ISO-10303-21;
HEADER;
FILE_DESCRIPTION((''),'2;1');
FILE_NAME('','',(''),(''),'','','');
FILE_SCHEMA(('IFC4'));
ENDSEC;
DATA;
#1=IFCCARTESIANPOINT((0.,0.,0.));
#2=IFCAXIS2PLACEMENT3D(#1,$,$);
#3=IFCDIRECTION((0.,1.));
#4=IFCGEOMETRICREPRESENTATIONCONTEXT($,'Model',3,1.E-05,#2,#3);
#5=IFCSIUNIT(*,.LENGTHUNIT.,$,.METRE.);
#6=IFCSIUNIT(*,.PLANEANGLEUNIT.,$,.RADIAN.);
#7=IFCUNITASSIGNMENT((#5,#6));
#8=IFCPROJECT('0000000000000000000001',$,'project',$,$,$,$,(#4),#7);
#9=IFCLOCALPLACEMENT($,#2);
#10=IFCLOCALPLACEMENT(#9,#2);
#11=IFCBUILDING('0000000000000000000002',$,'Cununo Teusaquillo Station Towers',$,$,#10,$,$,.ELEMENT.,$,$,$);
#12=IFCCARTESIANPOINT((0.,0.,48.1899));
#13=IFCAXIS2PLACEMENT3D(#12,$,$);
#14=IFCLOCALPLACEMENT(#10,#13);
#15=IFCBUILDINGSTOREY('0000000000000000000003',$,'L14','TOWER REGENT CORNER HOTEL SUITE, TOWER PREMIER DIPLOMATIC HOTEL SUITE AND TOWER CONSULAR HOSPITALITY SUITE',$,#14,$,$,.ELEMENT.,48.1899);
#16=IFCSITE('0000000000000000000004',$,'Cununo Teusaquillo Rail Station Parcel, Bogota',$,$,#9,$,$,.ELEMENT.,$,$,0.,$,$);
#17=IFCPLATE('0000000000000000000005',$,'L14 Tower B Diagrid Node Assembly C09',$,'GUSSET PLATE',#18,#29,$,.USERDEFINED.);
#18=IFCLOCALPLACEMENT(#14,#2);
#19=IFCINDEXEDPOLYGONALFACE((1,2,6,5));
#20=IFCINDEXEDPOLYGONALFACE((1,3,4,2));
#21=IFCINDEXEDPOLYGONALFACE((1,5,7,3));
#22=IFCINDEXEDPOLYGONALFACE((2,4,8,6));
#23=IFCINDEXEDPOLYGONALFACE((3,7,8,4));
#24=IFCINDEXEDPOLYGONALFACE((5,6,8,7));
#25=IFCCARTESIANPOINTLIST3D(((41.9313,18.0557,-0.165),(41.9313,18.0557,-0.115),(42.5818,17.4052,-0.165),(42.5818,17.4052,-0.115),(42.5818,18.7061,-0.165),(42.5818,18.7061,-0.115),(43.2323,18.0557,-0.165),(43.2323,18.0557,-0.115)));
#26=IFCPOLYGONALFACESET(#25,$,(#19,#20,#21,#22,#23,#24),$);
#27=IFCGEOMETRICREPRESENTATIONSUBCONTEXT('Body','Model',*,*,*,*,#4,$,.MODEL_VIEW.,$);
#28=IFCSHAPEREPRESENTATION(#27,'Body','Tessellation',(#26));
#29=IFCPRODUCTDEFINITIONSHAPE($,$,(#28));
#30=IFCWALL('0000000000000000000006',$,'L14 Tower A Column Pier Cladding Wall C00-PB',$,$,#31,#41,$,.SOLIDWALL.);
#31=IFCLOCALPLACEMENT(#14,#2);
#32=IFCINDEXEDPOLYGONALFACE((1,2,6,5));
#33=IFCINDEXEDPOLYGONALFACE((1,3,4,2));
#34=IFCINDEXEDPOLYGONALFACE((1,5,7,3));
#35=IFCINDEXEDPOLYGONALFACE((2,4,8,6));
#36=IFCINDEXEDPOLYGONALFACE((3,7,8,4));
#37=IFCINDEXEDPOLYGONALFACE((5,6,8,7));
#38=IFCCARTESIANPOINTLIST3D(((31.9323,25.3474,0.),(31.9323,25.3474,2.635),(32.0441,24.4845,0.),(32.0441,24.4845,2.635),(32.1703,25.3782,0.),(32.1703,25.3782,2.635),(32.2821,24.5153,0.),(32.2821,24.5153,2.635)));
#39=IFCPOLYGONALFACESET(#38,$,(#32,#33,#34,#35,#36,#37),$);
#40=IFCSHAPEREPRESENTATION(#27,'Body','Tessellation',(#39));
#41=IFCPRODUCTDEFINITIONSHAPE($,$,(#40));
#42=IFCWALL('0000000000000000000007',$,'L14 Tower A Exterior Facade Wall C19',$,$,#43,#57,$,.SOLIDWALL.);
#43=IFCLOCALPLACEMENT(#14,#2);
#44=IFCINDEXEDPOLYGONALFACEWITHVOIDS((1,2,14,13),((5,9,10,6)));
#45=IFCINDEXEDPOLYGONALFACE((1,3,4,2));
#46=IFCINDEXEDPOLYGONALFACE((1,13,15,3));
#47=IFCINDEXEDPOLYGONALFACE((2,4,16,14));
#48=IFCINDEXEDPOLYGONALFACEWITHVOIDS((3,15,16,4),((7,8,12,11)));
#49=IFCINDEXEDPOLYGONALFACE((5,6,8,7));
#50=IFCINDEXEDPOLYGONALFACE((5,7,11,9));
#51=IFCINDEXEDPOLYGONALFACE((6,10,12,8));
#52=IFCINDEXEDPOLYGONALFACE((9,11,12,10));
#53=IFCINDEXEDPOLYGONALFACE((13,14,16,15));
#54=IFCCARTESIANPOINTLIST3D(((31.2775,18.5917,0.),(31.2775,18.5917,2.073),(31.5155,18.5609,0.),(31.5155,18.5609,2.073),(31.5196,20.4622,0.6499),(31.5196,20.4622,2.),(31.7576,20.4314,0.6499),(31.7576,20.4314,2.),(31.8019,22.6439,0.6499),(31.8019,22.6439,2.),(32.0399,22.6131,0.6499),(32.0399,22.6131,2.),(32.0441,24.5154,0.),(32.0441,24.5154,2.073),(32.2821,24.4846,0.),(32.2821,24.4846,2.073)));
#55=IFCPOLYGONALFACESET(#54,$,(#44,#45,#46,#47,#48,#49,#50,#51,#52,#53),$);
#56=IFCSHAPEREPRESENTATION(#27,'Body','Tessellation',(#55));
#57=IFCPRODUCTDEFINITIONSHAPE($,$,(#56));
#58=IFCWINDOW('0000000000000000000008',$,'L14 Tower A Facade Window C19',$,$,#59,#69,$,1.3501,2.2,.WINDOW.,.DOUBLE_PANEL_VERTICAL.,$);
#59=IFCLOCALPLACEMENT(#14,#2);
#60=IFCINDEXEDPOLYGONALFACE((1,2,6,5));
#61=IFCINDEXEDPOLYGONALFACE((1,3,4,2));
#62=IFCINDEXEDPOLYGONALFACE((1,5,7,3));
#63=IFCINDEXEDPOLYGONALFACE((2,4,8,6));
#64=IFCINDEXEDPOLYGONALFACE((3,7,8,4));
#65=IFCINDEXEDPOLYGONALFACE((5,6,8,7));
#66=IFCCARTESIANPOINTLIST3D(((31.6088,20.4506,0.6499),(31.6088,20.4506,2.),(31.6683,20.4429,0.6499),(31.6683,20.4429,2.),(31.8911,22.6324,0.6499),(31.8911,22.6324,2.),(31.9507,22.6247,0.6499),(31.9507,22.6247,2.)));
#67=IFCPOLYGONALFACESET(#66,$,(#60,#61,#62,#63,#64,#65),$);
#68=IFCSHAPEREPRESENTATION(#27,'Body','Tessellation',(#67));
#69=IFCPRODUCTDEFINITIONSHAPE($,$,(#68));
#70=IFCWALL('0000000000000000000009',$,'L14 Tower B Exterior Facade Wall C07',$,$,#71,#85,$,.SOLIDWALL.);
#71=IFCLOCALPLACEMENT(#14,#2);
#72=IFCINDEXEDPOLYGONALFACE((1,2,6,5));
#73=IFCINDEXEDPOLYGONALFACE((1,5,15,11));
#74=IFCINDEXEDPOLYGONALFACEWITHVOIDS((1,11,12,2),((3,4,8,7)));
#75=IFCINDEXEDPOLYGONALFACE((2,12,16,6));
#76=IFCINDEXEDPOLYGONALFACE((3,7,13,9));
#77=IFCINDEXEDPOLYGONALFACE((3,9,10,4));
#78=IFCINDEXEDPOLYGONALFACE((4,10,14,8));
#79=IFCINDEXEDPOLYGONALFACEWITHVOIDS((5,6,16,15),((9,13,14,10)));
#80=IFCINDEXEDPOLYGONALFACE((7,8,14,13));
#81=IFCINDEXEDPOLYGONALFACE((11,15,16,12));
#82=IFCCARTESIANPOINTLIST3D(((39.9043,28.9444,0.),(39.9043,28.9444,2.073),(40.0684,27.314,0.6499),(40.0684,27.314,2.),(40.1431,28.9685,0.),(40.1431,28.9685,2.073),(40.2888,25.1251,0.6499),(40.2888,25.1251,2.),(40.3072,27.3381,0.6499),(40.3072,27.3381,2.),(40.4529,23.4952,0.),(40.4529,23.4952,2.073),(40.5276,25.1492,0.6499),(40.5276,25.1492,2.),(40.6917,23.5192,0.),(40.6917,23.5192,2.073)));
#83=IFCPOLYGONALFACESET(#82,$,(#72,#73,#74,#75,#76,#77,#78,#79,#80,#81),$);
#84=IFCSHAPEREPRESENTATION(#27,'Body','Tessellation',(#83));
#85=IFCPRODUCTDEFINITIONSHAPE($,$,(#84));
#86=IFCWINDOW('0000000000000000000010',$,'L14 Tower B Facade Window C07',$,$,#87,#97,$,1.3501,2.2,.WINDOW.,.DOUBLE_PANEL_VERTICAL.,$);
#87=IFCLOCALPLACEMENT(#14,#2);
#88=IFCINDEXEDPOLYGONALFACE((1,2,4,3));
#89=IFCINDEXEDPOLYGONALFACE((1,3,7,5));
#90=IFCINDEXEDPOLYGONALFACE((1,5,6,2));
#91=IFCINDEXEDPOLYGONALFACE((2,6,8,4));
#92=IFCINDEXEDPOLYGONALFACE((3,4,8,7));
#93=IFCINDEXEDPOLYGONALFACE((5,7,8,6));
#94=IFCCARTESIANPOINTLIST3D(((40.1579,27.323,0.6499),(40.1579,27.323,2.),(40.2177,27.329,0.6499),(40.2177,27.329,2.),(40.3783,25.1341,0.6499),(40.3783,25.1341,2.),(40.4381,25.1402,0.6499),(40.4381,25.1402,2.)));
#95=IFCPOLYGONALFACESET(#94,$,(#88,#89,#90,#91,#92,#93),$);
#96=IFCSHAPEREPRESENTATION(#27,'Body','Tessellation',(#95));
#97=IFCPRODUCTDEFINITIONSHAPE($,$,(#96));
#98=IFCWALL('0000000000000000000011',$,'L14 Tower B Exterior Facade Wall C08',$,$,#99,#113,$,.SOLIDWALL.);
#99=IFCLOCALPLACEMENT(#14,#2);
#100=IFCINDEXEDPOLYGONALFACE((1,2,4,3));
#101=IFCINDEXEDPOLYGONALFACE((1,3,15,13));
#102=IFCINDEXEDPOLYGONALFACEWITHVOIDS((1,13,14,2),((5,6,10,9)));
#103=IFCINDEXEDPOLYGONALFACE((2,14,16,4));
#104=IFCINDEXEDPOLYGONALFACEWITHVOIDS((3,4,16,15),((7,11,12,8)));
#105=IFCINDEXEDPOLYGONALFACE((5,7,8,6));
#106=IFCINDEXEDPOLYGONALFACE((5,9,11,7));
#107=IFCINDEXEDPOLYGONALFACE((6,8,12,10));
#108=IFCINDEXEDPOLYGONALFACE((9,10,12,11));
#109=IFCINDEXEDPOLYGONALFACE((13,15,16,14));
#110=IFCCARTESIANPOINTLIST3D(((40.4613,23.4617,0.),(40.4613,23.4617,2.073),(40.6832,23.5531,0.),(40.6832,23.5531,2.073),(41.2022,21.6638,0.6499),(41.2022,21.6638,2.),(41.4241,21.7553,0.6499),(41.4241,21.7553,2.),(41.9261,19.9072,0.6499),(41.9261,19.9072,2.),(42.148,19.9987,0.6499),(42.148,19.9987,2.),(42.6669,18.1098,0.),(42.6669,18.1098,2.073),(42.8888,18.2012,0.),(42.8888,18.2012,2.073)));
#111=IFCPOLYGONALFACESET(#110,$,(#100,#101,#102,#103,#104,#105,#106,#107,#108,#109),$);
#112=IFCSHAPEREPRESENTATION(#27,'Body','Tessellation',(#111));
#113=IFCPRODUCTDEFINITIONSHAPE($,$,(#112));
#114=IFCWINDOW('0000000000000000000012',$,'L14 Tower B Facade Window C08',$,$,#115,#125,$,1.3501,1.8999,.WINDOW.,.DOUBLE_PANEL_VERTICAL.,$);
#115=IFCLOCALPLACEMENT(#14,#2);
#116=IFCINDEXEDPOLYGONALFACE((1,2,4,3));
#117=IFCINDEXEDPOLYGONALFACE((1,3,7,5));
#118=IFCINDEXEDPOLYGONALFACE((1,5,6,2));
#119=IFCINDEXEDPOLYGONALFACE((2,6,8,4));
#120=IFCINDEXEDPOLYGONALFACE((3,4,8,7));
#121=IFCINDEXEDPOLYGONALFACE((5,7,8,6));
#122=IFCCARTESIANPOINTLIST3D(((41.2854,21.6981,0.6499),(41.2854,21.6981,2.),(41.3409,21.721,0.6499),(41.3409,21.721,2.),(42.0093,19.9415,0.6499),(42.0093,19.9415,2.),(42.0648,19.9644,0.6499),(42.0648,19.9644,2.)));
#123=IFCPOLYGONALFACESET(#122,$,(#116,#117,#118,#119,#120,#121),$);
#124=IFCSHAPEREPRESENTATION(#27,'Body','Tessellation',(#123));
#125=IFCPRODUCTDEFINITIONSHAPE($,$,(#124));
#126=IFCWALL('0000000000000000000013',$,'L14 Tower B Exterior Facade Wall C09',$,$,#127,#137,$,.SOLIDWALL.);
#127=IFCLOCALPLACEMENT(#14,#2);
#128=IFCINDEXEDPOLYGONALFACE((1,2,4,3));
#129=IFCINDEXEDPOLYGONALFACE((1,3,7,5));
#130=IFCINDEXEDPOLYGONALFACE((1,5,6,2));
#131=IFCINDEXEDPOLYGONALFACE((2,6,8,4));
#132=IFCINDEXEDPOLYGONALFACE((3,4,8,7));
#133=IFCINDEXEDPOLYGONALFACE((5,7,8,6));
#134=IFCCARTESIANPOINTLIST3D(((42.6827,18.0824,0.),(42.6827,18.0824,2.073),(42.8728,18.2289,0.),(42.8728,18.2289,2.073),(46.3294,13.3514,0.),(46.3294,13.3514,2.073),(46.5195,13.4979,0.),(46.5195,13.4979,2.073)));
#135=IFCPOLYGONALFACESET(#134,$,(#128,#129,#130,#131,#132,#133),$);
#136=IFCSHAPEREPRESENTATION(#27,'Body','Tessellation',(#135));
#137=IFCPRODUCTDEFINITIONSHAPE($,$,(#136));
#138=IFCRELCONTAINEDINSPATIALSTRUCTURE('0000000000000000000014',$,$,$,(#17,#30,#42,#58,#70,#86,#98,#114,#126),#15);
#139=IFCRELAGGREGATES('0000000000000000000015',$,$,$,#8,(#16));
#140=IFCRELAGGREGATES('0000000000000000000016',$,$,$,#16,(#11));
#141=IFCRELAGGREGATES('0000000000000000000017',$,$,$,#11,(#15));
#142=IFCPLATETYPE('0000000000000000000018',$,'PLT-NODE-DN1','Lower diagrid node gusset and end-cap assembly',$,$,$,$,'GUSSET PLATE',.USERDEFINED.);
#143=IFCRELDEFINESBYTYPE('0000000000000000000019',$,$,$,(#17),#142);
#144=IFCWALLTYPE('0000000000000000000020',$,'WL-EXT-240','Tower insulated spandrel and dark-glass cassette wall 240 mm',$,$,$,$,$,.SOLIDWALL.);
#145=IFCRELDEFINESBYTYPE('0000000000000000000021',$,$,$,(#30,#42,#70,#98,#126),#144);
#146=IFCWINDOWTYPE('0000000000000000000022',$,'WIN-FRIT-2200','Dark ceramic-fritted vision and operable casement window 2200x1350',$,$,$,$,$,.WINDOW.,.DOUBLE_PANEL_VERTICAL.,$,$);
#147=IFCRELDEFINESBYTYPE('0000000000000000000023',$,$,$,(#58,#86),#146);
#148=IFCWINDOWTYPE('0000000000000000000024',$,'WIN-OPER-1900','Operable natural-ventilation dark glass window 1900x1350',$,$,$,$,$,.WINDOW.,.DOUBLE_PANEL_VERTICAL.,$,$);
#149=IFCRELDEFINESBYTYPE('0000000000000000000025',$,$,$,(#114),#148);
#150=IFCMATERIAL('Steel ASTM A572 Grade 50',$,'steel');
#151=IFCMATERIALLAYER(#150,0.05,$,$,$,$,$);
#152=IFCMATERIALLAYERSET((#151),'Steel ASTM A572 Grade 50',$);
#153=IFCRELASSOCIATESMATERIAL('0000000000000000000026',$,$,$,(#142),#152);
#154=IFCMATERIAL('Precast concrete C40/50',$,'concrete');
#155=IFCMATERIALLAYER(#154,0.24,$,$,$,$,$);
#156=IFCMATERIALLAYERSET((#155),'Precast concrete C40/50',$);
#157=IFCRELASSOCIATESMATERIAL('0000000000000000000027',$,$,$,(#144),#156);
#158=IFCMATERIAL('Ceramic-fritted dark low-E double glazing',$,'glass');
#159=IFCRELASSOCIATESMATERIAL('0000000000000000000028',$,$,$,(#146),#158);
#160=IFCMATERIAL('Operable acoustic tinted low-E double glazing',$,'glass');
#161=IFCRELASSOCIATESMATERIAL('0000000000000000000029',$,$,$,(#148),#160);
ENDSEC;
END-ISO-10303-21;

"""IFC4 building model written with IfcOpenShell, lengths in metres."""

from ifc_helpers import new_model, si_unit, direction, frame, frame_2d, origin, origin_2d, place, context, subcontext, project, spatial, rectangle, extrude, source, transform, mapped, material, layer, layer_set, type_object, element, fill, save


model = new_model("IFC4")

# Units and contexts
model_context = context("Model", 3, precision=1e-05, world=origin(), true_north=direction((0.0, 1.0)))
body_context = subcontext(model_context, "Body", "Model", "MODEL_VIEW")
ifc_project = project(units=[si_unit("LENGTHUNIT", "METRE"), si_unit("PLANEANGLEUNIT", "RADIAN")], contexts=[model_context])

# Site, building, storey
site_placement = place(None, origin())
site = spatial("IfcSite", under=ifc_project, at=site_placement, Name="Cununo Teusaquillo Rail Station Parcel, Bogota", CompositionType="ELEMENT", RefElevation=0.0)
building_placement = place(site_placement, origin())
building = spatial("IfcBuilding", under=site, at=building_placement, Name="Cununo Teusaquillo Station Towers", CompositionType="ELEMENT")
storey_placement = place(building_placement, frame((0.0, 0.0, 48.1899)))
storey = spatial("IfcBuildingStorey", under=building, at=storey_placement, Name="L14", Description="TOWER REGENT CORNER HOTEL SUITE, TOWER PREMIER DIPLOMATIC HOTEL SUITE AND TOWER CONSULAR HOSPITALITY SUITE", CompositionType="ELEMENT", Elevation=48.1899)

# Plate
ifc_material_1 = material(Name="Steel ASTM A572 Grade 50", Category="steel")
ifc_layer_1 = layer(ifc_material_1, 0.05)
ifc_layer_set_1 = layer_set([ifc_layer_1], Name="Steel ASTM A572 Grade 50")
plate_type = type_object("IfcPlateType", Name="PLT-NODE-DN1", Description="Lower diagrid node gusset and end-cap assembly", ElementType="GUSSET PLATE", PredefinedType="USERDEFINED", material=ifc_layer_set_1)
shared_shape_1 = source(origin(), body_context, "Body", "SweptSolid", [
    extrude(rectangle(XDim=0.9199, YDim=0.9199, at=origin_2d()), origin(), (0.0, 0.0, 1.0), 0.05),
])
plate_placement = place(storey_placement, frame((42.5818, 18.0557, -0.165), z_axis=(0.0, 0.0, 1.0), x_axis=(0.707107, 0.707107, 0.0)))
element("IfcPlate", 1, at=plate_placement, inside=storey, type_object=plate_type, Name="L14 Tower B Diagrid Node Assembly C09", ObjectType="GUSSET PLATE", PredefinedType="USERDEFINED", context=body_context, shape_type="MappedRepresentation", body=[
    mapped(shared_shape_1, transform((0.0, 0.0, 0.0), x_axis=(1.0, 0.0, 0.0), y_axis=(0.0, 1.0, 0.0), z_axis=(0.0, 0.0, 1.0), scale=1.0)),
])

# Wall
ifc_material_2 = material(Name="Precast concrete C40/50", Category="concrete")
ifc_layer_2 = layer(ifc_material_2, 0.24)
ifc_layer_set_2 = layer_set([ifc_layer_2], Name="Precast concrete C40/50")
wall_type_1 = type_object("IfcWallType", Name="WL-EXT-240", Description="Tower insulated spandrel and dark-glass cassette wall 240 mm", PredefinedType="SOLIDWALL", material=ifc_layer_set_2)
wall_1_placement = place(storey_placement, frame((32.0513, 25.3628, 0.0), z_axis=(0.0, 0.0, 1.0), x_axis=(0.128523, -0.991706, 0.0)))
element("IfcWall", 2, at=wall_1_placement, inside=storey, type_object=wall_type_1, Name="L14 Tower A Column Pier Cladding Wall C00-PB", PredefinedType="SOLIDWALL", context=body_context, shape_type="SweptSolid", body=[
    extrude(rectangle(XDim=0.8701, YDim=0.24, at=frame_2d((0.4351, 0.0))), origin(), (0.0, 0.0, 1.0), 2.635),
])

# Walls, openings, windows
wall_2_placement = place(storey_placement, frame((32.1631, 24.5, 0.0), z_axis=(0.0, 0.0, 1.0), x_axis=(-0.12834, -0.99173, 0.0)))
wall_2 = element("IfcWall", 3, at=wall_2_placement, inside=storey, type_object=wall_type_1, Name="L14 Tower A Exterior Facade Wall C19", PredefinedType="SOLIDWALL", context=body_context, shape_type="SweptSolid", body=[
    extrude(rectangle(XDim=5.9731, YDim=0.24, at=frame_2d((2.9866, 0.0))), origin(), (0.0, 0.0, 1.0), 2.073),
])
shared_shape_2 = source(origin(), body_context, "Body", "SweptSolid", [
    extrude(rectangle(XDim=2.2, YDim=1.3501, at=frame_2d((1.1001, 0.675))), frame((0.0, 0.1299, 0.0), z_axis=(0.0, -1.0, 0.0), x_axis=(1.0, 0.0, 0.0)), (0.0, 0.0, 1.0), 0.26),
])
opening_1_placement = place(wall_2_placement, frame((1.887, 0.0, 0.6499)))
opening_1 = element("IfcOpeningElement", 4, at=opening_1_placement, cuts=wall_2, PredefinedType="OPENING", context=body_context, shape_type="MappedRepresentation", body=[
    mapped(shared_shape_2, transform((0.0, 0.0, 0.0), x_axis=(1.0, 0.0, 0.0), y_axis=(0.0, 1.0, 0.0), z_axis=(0.0, 0.0, 1.0), scale=1.0)),
])
ifc_material_3 = material(Name="Ceramic-fritted dark low-E double glazing", Category="glass")
window_type_1 = type_object("IfcWindowType", Name="WIN-FRIT-2200", Description="Dark ceramic-fritted vision and operable casement window 2200x1350", PartitioningType="DOUBLE_PANEL_VERTICAL", PredefinedType="WINDOW", material=ifc_material_3)
shared_shape_3 = source(origin(), body_context, "Body", "SweptSolid", [
    extrude(rectangle(XDim=2.2, YDim=1.3501, at=frame_2d((1.1001, 0.675))), frame((0.0, 0.03, 0.0), z_axis=(0.0, -1.0, 0.0), x_axis=(1.0, 0.0, 0.0)), (0.0, 0.0, 1.0), 0.0601),
])
window_1_placement = place(opening_1_placement, origin())
window_1 = element("IfcWindow", 5, at=window_1_placement, inside=storey, type_object=window_type_1, Name="L14 Tower A Facade Window C19", OverallHeight=1.3501, OverallWidth=2.2, PartitioningType="DOUBLE_PANEL_VERTICAL", PredefinedType="WINDOW", context=body_context, shape_type="MappedRepresentation", body=[
    mapped(shared_shape_3, transform((0.0, 0.0, 0.0), x_axis=(1.0, 0.0, 0.0), y_axis=(0.0, 1.0, 0.0), z_axis=(0.0, 0.0, 1.0), scale=1.0)),
])
fill(opening_1, window_1)
wall_3_placement = place(storey_placement, frame((40.5723, 23.5073, 0.0), z_axis=(0.0, 0.0, 1.0), x_axis=(-0.100166, 0.994971, 0.0)))
wall_3 = element("IfcWall", 6, at=wall_3_placement, inside=storey, type_object=wall_type_1, Name="L14 Tower B Exterior Facade Wall C07", PredefinedType="SOLIDWALL", context=body_context, shape_type="SweptSolid", body=[
    extrude(rectangle(XDim=5.4768, YDim=0.24, at=frame_2d((2.7383, 0.0))), origin(), (0.0, 0.0, 1.0), 2.073),
])
opening_2_placement = place(wall_3_placement, frame((1.6379, 0.0, 0.6499)))
opening_2 = element("IfcOpeningElement", 7, at=opening_2_placement, cuts=wall_3, PredefinedType="OPENING", context=body_context, shape_type="MappedRepresentation", body=[
    mapped(shared_shape_2, transform((0.0, 0.0, 0.0), x_axis=(1.0, 0.0, 0.0), y_axis=(0.0, 1.0, 0.0), z_axis=(0.0, 0.0, 1.0), scale=1.0)),
])
window_2_placement = place(opening_2_placement, origin())
window_2 = element("IfcWindow", 8, at=window_2_placement, inside=storey, type_object=window_type_1, Name="L14 Tower B Facade Window C07", OverallHeight=1.3501, OverallWidth=2.2, PartitioningType="DOUBLE_PANEL_VERTICAL", PredefinedType="WINDOW", context=body_context, shape_type="MappedRepresentation", body=[
    mapped(shared_shape_3, transform((0.0, 0.0, 0.0), x_axis=(1.0, 0.0, 0.0), y_axis=(0.0, 1.0, 0.0), z_axis=(0.0, 0.0, 1.0), scale=1.0)),
])
fill(opening_2, window_2)
wall_4_placement = place(storey_placement, frame((42.7778, 18.1555, 0.0), z_axis=(0.0, 0.0, 1.0), x_axis=(-0.381028, 0.924564, 0.0)))
wall_4 = element("IfcWall", 9, at=wall_4_placement, inside=storey, type_object=wall_type_1, Name="L14 Tower B Exterior Facade Wall C08", PredefinedType="SOLIDWALL", context=body_context, shape_type="SweptSolid", body=[
    extrude(rectangle(XDim=5.7886, YDim=0.24, at=frame_2d((2.8943, 0.0))), origin(), (0.0, 0.0, 1.0), 2.073),
])
shared_shape_4 = source(origin(), body_context, "Body", "SweptSolid", [
    extrude(rectangle(XDim=1.8999, YDim=1.3501, at=frame_2d((0.95, 0.675))), frame((0.0, 0.1299, 0.0), z_axis=(0.0, -1.0, 0.0), x_axis=(1.0, 0.0, 0.0)), (0.0, 0.0, 1.0), 0.26),
])
opening_3_placement = place(wall_4_placement, frame((1.9441, 0.0, 0.6499)))
opening_3 = element("IfcOpeningElement", 10, at=opening_3_placement, cuts=wall_4, PredefinedType="OPENING", context=body_context, shape_type="MappedRepresentation", body=[
    mapped(shared_shape_4, transform((0.0, 0.0, 0.0), x_axis=(1.0, 0.0, 0.0), y_axis=(0.0, 1.0, 0.0), z_axis=(0.0, 0.0, 1.0), scale=1.0)),
])
ifc_material_4 = material(Name="Operable acoustic tinted low-E double glazing", Category="glass")
window_type_2 = type_object("IfcWindowType", Name="WIN-OPER-1900", Description="Operable natural-ventilation dark glass window 1900x1350", PartitioningType="DOUBLE_PANEL_VERTICAL", PredefinedType="WINDOW", material=ifc_material_4)
shared_shape_5 = source(origin(), body_context, "Body", "SweptSolid", [
    extrude(rectangle(XDim=1.8999, YDim=1.3501, at=frame_2d((0.95, 0.675))), frame((0.0, 0.03, 0.0), z_axis=(0.0, -1.0, 0.0), x_axis=(1.0, 0.0, 0.0)), (0.0, 0.0, 1.0), 0.0601),
])
window_3_placement = place(opening_3_placement, origin())
window_3 = element("IfcWindow", 11, at=window_3_placement, inside=storey, type_object=window_type_2, Name="L14 Tower B Facade Window C08", OverallHeight=1.3501, OverallWidth=1.8999, PartitioningType="DOUBLE_PANEL_VERTICAL", PredefinedType="WINDOW", context=body_context, shape_type="MappedRepresentation", body=[
    mapped(shared_shape_5, transform((0.0, 0.0, 0.0), x_axis=(1.0, 0.0, 0.0), y_axis=(0.0, 1.0, 0.0), z_axis=(0.0, 0.0, 1.0), scale=1.0)),
])
fill(opening_3, window_3)

# Wall
wall_5_placement = place(storey_placement, frame((46.4246, 13.4246, 0.0), z_axis=(0.0, 0.0, 1.0), x_axis=(-0.610503, 0.792014, 0.0)))
element("IfcWall", 12, at=wall_5_placement, inside=storey, type_object=wall_type_1, Name="L14 Tower B Exterior Facade Wall C09", PredefinedType="SOLIDWALL", context=body_context, shape_type="SweptSolid", body=[
    extrude(rectangle(XDim=5.9734, YDim=0.24, at=frame_2d((2.9868, 0.0))), origin(), (0.0, 0.0, 1.0), 2.073),
])

save(model, "model.ifc")
